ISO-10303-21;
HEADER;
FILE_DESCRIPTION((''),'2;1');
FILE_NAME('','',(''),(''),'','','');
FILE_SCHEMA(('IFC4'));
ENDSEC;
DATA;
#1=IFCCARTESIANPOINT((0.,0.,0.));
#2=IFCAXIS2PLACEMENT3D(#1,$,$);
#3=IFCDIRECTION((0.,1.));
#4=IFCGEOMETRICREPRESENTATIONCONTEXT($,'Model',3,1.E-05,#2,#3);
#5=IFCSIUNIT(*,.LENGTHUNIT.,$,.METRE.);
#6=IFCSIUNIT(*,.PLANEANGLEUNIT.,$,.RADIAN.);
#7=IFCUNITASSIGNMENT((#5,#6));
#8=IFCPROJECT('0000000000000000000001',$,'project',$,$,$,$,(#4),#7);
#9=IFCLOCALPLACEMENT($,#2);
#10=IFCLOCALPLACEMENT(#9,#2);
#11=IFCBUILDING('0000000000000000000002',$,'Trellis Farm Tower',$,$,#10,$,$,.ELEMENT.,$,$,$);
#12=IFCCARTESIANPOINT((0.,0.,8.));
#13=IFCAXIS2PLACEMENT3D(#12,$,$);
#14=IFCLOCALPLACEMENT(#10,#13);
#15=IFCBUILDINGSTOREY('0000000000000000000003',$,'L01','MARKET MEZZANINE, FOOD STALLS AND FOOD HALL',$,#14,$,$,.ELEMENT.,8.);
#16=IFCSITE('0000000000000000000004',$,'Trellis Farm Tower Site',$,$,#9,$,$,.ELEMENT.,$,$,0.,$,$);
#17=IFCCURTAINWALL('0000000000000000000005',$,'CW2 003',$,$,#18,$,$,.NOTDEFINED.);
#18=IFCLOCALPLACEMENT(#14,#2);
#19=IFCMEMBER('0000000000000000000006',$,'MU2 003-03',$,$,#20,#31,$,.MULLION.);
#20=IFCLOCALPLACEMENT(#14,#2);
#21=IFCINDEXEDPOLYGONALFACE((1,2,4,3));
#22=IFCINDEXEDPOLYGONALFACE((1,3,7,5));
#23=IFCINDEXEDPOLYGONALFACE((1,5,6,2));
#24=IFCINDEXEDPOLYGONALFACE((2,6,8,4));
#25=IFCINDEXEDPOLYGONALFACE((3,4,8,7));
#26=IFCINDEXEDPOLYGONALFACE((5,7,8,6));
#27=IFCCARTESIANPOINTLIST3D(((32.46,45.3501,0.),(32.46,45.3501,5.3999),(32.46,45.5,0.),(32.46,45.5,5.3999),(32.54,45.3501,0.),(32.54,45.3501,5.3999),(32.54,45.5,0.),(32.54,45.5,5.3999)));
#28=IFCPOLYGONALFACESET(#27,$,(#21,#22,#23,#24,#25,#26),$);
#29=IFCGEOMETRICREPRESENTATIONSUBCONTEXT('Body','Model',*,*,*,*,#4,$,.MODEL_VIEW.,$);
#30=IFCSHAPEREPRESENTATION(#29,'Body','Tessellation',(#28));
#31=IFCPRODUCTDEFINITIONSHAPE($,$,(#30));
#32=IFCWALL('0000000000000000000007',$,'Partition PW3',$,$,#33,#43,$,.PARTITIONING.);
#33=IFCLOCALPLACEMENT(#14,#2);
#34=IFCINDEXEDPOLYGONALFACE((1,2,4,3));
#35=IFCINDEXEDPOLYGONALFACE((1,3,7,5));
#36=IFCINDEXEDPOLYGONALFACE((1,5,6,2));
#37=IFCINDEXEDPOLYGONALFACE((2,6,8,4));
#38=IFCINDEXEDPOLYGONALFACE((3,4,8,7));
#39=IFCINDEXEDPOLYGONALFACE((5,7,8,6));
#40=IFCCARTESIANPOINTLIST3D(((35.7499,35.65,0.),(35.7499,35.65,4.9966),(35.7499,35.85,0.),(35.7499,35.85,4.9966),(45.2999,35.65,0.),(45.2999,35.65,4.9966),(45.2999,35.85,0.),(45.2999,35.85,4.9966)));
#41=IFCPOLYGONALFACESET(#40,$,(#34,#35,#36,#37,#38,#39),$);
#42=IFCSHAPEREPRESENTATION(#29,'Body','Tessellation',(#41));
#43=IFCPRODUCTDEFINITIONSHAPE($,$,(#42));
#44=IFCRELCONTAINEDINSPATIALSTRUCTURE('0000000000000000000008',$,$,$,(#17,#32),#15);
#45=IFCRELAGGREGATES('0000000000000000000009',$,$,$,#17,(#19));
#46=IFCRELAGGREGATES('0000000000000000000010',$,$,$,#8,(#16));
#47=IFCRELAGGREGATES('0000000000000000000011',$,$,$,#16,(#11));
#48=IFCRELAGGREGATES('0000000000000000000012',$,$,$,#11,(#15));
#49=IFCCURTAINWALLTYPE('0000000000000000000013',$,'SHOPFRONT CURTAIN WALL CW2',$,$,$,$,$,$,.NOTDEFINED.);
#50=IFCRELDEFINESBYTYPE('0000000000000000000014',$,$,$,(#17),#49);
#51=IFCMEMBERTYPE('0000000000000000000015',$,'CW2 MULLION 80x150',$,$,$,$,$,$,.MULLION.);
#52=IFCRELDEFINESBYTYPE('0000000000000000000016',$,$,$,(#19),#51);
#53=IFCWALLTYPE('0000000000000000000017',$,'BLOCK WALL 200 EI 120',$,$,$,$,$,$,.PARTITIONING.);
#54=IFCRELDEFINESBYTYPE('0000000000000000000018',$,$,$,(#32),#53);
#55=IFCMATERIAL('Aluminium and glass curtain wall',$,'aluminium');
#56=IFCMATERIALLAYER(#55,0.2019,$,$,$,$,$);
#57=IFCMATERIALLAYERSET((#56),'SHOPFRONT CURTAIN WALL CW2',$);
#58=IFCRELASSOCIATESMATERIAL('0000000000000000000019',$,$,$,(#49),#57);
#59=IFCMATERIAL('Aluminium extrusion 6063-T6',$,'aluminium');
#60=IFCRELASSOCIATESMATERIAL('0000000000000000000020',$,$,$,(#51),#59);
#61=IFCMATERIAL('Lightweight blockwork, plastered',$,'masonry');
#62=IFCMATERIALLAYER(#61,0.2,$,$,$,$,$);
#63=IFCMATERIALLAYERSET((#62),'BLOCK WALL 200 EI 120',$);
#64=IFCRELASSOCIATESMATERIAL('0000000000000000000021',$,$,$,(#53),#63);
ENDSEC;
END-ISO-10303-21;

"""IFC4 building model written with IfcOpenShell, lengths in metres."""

from ifc_helpers import new_model, si_unit, direction, frame, frame_2d, origin, origin_2d, place, context, subcontext, project, spatial, rectangle, extrude, source, transform, mapped, material, layer, layer_set, material_profile, profile_set, type_object, element, aggregate, save


model = new_model("IFC4")

# Units and contexts
model_context = context("Model", 3, precision=1e-05, world=origin(), true_north=direction((0.0, 1.0)))
body_context = subcontext(model_context, "Body", "Model", "MODEL_VIEW")
ifc_project = project(units=[si_unit("LENGTHUNIT", "METRE"), si_unit("PLANEANGLEUNIT", "RADIAN")], contexts=[model_context])

# Site, building, storey
site_placement = place(None, origin())
site = spatial("IfcSite", under=ifc_project, at=site_placement, Name="Trellis Farm Tower Site", CompositionType="ELEMENT", RefElevation=0.0)
building_placement = place(site_placement, origin())
building = spatial("IfcBuilding", under=site, at=building_placement, Name="Trellis Farm Tower", CompositionType="ELEMENT")
storey_placement = place(building_placement, frame((0.0, 0.0, 8.0)))
storey = spatial("IfcBuildingStorey", under=building, at=storey_placement, Name="L01", Description="MARKET MEZZANINE, FOOD STALLS AND FOOD HALL", CompositionType="ELEMENT", Elevation=8.0)

# Curtain wall, member
ifc_material_1 = material(Name="Aluminium and glass curtain wall", Category="aluminium")
ifc_layer_1 = layer(ifc_material_1, 0.2019)
ifc_layer_set_1 = layer_set([ifc_layer_1], Name="SHOPFRONT CURTAIN WALL CW2")
curtain_wall_type = type_object("IfcCurtainWallType", Name="SHOPFRONT CURTAIN WALL CW2", PredefinedType="NOTDEFINED", material=ifc_layer_set_1)
placement = place(storey_placement, origin())
ifc_material_2 = material(Name="Aluminium extrusion 6063-T6", Category="aluminium")
ifc_material_profile_1 = material_profile(ifc_material_2, rectangle(XDim=0.0801, YDim=0.1499, at=origin_2d()), Name="MULLION 80x150")
ifc_profile_set_1 = profile_set([ifc_material_profile_1], Name="Aluminium extrusion 6063-T6")
member_type = type_object("IfcMemberType", Name="CW2 MULLION 80x150", PredefinedType="MULLION", material=ifc_profile_set_1)
shared_shape_1 = source(origin(), body_context, "Body", "SweptSolid", [
    extrude(rectangle(XDim=0.0801, YDim=0.1499, at=origin_2d()), origin(), (0.0, 0.0, 1.0), 5.3999),
])
curtain_wall_1 = element("IfcCurtainWall", 1, at=placement, inside=storey, type_object=curtain_wall_type, Name="CW2 003", PredefinedType="NOTDEFINED")
member_1_placement = place(storey_placement, frame((32.5, 45.425, 0.0), z_axis=(0.0, 0.0, 1.0), x_axis=(-1.0, 0.0, 0.0)))
member_1 = element("IfcMember", 2, at=member_1_placement, type_object=member_type, Name="MU2 003-03", PredefinedType="MULLION", context=body_context, shape_type="MappedRepresentation", body=[
    mapped(shared_shape_1, transform((0.0, 0.0, 0.0))),
])
aggregate(curtain_wall_1, [member_1])

# Wall
ifc_material_3 = material(Name="Lightweight blockwork, plastered", Category="masonry")
ifc_layer_2 = layer(ifc_material_3, 0.2)
ifc_layer_set_2 = layer_set([ifc_layer_2], Name="BLOCK WALL 200 EI 120")
wall_type = type_object("IfcWallType", Name="BLOCK WALL 200 EI 120", PredefinedType="PARTITIONING", material=ifc_layer_set_2)
shared_shape_2 = source(origin(), body_context, "Body", "SweptSolid", [
    extrude(rectangle(XDim=9.55, YDim=0.2, at=frame_2d((4.7749, 0.0))), origin(), (0.0, 0.0, 1.0), 4.9966),
])
wall_placement = place(storey_placement, frame((35.75, 35.75, 0.0), z_axis=(0.0, 0.0, 1.0), x_axis=(1.0, 0.0, 0.0)))
element("IfcWall", 3, at=wall_placement, inside=storey, type_object=wall_type, Name="Partition PW3", PredefinedType="PARTITIONING", context=body_context, shape_type="MappedRepresentation", body=[
    mapped(shared_shape_2, transform((0.0, 0.0, 0.0))),
])

save(model, "model.ifc")
